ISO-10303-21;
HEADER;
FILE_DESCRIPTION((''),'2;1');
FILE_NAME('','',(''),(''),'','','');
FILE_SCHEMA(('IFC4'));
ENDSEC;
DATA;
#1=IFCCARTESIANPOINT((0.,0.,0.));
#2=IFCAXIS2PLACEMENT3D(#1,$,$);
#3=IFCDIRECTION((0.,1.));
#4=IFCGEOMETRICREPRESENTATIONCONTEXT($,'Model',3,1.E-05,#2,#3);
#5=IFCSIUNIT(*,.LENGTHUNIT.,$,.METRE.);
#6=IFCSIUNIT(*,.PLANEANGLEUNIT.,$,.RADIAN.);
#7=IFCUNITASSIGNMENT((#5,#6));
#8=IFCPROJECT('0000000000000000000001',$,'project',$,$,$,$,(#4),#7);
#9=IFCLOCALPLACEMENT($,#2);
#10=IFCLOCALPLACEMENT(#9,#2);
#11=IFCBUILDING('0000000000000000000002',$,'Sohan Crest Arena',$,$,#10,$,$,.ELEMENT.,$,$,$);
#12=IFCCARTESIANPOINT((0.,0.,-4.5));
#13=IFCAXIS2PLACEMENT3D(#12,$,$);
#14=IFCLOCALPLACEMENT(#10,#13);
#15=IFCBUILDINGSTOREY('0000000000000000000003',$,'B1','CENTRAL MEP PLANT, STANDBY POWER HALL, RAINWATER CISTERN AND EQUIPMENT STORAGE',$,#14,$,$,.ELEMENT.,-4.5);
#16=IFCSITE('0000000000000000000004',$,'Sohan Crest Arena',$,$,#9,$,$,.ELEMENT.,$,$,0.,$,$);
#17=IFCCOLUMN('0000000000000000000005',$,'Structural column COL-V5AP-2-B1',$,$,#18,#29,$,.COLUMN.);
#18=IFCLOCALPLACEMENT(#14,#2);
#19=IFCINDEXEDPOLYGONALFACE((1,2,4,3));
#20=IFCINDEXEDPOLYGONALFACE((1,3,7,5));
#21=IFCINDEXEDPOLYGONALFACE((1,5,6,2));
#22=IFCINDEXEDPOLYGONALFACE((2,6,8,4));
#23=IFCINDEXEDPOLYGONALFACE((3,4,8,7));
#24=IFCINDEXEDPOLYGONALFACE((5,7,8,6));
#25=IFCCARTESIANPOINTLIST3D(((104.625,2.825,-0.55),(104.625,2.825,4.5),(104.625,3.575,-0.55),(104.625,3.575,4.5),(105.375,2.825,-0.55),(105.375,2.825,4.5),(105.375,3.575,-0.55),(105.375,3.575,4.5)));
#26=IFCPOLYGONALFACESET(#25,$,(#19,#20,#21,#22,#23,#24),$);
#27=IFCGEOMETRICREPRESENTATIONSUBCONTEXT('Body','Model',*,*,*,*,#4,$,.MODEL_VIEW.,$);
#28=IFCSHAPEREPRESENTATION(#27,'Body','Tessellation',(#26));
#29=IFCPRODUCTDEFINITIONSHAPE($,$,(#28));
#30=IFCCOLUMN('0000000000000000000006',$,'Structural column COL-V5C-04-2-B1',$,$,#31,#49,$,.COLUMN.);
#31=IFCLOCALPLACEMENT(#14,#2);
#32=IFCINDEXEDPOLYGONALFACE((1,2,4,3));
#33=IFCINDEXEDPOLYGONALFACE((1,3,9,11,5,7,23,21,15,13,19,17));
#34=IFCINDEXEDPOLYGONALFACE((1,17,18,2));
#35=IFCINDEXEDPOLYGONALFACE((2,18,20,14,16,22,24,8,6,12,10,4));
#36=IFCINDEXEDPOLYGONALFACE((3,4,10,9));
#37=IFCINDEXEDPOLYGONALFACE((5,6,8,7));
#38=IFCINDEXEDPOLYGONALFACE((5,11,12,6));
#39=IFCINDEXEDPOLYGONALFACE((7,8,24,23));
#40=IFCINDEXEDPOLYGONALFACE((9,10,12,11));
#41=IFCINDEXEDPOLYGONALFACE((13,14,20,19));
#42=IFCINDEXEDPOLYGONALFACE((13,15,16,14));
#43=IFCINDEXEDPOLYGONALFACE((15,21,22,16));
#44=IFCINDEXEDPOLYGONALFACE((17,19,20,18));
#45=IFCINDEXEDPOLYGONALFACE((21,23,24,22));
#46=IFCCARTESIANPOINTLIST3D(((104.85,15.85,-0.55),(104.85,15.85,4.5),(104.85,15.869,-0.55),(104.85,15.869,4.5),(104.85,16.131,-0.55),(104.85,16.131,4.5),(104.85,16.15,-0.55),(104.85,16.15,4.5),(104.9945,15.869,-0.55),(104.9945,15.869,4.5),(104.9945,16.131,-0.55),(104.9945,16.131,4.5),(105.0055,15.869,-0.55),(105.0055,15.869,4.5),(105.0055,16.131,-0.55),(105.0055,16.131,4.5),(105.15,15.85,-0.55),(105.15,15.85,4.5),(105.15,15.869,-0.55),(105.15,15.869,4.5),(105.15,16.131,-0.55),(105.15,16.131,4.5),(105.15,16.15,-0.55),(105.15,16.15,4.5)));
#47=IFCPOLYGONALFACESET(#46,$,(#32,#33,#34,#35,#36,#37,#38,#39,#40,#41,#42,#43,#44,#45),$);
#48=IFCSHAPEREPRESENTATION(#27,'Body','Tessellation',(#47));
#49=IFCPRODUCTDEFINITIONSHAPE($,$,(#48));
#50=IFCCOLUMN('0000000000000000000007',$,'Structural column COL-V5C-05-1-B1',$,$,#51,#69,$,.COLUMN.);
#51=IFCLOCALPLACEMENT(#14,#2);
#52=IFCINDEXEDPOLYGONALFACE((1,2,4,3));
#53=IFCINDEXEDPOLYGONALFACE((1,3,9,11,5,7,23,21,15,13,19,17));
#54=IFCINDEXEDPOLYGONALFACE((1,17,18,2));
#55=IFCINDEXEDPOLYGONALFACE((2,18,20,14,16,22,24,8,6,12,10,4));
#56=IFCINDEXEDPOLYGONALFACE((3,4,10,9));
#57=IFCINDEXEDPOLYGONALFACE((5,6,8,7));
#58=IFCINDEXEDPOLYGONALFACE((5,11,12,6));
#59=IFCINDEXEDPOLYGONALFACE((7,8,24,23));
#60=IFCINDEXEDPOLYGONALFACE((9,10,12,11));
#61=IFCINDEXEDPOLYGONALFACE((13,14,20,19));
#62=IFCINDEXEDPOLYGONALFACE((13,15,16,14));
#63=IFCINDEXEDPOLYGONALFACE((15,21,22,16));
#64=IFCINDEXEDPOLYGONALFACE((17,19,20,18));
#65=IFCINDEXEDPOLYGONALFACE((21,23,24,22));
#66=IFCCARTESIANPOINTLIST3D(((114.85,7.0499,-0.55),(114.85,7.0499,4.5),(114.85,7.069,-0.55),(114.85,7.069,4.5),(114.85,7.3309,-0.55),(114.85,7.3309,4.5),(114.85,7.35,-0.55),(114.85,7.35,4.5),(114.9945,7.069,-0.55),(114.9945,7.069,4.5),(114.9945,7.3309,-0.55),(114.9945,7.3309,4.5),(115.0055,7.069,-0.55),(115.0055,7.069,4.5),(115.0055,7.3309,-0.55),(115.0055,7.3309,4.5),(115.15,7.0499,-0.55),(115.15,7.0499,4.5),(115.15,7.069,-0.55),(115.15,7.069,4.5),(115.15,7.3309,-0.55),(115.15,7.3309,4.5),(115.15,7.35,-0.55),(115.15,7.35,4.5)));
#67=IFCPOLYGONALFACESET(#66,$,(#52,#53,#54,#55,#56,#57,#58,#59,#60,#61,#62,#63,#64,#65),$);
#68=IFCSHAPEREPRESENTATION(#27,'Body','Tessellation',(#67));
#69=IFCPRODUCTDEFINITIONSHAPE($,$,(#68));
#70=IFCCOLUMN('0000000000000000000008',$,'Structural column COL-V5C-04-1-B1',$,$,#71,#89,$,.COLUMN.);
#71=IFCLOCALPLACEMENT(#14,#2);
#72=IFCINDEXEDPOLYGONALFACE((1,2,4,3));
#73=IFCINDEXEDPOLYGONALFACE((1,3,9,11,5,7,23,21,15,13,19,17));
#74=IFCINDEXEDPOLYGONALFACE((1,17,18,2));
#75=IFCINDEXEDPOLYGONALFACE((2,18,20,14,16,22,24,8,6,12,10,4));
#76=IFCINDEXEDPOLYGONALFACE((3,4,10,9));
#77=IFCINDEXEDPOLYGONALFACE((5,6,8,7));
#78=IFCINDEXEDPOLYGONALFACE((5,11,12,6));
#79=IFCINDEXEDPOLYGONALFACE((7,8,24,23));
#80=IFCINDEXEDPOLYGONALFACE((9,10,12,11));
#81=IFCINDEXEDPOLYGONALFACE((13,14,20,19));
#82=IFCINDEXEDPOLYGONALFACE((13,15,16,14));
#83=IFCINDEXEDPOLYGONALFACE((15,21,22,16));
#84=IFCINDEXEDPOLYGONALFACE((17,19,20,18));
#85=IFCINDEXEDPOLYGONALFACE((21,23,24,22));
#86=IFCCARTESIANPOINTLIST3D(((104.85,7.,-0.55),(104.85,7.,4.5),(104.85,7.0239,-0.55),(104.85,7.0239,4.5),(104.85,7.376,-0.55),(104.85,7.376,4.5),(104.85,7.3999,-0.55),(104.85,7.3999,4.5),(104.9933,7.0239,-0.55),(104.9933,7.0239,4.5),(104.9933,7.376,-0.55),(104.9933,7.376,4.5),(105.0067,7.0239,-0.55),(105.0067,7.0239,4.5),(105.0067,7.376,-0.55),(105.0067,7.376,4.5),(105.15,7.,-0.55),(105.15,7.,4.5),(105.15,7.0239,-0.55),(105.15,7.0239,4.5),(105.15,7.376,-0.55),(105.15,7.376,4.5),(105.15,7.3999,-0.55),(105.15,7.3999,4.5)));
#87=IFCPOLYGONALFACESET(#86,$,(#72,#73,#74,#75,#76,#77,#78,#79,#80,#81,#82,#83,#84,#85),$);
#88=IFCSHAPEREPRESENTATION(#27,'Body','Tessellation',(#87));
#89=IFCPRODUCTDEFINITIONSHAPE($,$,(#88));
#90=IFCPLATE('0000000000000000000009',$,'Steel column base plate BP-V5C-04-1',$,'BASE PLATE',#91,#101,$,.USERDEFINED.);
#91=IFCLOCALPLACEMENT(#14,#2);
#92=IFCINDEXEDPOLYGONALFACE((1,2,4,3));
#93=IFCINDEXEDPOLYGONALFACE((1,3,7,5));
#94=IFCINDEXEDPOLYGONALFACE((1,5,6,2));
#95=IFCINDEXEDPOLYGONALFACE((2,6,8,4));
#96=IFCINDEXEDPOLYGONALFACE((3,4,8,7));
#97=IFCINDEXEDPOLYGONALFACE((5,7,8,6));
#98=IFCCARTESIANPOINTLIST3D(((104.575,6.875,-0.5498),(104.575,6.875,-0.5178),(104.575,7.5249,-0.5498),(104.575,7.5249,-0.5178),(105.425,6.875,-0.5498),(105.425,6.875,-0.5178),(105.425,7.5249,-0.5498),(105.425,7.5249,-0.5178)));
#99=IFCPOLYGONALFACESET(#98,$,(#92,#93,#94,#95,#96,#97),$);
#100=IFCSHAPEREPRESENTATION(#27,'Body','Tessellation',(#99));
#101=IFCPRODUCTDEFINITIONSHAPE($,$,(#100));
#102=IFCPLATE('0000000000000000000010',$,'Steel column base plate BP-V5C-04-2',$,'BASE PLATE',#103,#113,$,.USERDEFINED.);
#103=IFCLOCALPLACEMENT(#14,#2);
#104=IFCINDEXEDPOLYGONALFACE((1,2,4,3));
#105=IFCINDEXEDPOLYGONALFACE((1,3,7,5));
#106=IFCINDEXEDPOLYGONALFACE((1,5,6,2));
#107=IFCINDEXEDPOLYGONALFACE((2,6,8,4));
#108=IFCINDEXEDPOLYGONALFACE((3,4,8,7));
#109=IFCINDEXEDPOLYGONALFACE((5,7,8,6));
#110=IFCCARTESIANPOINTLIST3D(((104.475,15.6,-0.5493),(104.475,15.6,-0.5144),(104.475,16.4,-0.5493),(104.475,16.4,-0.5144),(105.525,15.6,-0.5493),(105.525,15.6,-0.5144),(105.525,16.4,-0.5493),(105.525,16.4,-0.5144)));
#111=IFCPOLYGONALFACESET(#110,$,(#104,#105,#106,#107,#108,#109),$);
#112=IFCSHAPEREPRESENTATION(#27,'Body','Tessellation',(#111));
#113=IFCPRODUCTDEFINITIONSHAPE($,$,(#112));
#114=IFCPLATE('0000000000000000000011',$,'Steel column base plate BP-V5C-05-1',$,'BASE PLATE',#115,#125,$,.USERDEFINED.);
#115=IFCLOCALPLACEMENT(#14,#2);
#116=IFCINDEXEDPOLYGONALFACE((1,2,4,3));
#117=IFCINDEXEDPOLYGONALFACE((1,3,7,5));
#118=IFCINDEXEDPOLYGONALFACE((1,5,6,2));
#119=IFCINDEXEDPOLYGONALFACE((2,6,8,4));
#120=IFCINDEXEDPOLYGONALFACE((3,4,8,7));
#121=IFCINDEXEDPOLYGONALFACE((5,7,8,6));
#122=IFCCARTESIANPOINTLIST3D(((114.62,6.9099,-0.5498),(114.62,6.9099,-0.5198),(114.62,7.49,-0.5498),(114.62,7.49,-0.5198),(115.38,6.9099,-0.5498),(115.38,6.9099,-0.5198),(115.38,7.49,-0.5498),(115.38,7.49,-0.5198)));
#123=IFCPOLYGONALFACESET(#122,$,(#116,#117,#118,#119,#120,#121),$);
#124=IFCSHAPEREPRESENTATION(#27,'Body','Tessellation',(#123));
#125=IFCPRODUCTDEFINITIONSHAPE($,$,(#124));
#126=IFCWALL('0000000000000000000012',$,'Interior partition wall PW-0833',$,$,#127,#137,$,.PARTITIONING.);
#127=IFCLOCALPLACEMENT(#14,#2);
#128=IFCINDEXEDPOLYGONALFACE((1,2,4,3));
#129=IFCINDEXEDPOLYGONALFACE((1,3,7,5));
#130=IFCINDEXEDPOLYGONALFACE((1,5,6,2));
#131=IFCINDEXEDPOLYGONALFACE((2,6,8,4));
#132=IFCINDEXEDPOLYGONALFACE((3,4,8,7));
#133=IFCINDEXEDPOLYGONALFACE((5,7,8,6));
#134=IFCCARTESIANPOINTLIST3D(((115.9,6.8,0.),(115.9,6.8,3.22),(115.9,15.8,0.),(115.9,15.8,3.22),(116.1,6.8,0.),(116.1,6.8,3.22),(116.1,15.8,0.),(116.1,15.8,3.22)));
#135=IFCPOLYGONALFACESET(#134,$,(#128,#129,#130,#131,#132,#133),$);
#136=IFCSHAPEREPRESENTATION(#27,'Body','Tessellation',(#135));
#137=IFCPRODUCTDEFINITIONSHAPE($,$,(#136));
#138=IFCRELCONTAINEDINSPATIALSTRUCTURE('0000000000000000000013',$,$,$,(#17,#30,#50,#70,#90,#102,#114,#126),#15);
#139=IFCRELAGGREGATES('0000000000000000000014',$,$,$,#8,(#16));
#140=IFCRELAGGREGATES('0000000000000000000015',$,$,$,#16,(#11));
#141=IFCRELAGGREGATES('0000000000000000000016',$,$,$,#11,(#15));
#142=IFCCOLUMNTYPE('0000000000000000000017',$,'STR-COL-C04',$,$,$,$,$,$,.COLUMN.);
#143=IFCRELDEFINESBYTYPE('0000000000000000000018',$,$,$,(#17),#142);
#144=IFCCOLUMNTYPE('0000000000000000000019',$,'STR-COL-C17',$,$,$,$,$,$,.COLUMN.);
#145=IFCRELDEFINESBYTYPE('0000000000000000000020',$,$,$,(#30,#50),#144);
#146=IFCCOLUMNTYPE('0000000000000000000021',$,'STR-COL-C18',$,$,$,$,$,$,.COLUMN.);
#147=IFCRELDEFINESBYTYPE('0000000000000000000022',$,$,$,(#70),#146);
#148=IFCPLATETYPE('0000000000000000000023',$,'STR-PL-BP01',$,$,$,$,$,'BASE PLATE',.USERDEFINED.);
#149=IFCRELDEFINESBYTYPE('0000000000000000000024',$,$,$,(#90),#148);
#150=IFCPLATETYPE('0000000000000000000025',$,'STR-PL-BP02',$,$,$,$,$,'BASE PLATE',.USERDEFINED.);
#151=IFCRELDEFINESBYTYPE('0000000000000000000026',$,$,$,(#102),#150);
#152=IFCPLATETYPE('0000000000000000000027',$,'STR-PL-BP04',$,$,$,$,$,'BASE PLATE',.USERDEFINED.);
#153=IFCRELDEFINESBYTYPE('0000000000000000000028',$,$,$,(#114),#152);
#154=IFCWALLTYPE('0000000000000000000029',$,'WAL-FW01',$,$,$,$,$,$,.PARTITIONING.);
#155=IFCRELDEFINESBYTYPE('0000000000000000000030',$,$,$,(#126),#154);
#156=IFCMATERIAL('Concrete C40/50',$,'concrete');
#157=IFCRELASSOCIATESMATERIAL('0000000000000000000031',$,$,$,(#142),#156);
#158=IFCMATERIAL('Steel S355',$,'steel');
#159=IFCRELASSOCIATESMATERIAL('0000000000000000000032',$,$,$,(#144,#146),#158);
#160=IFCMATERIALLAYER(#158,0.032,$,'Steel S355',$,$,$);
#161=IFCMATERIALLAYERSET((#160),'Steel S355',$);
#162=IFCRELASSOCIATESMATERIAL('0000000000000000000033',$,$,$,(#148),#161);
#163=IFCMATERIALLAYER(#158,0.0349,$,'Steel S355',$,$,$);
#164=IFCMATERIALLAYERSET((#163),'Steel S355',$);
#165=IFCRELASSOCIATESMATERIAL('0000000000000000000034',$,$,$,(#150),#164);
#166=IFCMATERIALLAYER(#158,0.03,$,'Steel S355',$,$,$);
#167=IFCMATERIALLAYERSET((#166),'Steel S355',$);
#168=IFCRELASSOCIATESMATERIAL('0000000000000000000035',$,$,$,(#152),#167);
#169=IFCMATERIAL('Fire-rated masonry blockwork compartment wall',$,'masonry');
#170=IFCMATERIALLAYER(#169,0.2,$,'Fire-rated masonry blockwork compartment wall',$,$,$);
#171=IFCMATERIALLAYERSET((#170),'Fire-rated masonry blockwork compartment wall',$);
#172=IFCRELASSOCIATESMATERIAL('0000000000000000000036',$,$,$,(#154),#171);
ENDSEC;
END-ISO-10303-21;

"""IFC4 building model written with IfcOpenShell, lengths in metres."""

from ifc_helpers import new_model, si_unit, direction, frame, frame_2d, origin, origin_2d, place, context, subcontext, project, spatial, rectangle, i_section, extrude, material, layer, layer_set, material_profile, profile_set, type_object, element, save


model = new_model("IFC4")

# Units and contexts
model_context = context("Model", 3, precision=1e-05, world=origin(), true_north=direction((0.0, 1.0)))
body_context = subcontext(model_context, "Body", "Model", "MODEL_VIEW")
ifc_project = project(units=[si_unit("LENGTHUNIT", "METRE"), si_unit("PLANEANGLEUNIT", "RADIAN")], contexts=[model_context])

# Site, building, storey
site_placement = place(None, origin())
site = spatial("IfcSite", under=ifc_project, at=site_placement, Name="Sohan Crest Arena", CompositionType="ELEMENT", RefElevation=0.0)
building_placement = place(site_placement, origin())
building = spatial("IfcBuilding", under=site, at=building_placement, Name="Sohan Crest Arena", CompositionType="ELEMENT")
storey_placement = place(building_placement, frame((0.0, 0.0, -4.5)))
storey = spatial("IfcBuildingStorey", under=building, at=storey_placement, Name="B1", Description="CENTRAL MEP PLANT, STANDBY POWER HALL, RAINWATER CISTERN AND EQUIPMENT STORAGE", CompositionType="ELEMENT", Elevation=-4.5)

# Shared definitions
ifc_material_1 = material(Name="Concrete C40/50", Category="concrete")

# Columns
ifc_material_profile_1 = material_profile(ifc_material_1, rectangle(XDim=0.75, YDim=0.75, at=origin_2d()), Name="RC 750x750")
ifc_profile_set_1 = profile_set([ifc_material_profile_1], Name="Concrete C40/50")
column_type_1 = type_object("IfcColumnType", Name="STR-COL-C04", PredefinedType="COLUMN", material=ifc_profile_set_1)
column_1_placement = place(storey_placement, frame((105.0, 3.2, -0.55), z_axis=(0.0, 0.0, 1.0), x_axis=(1.0, 0.0, 0.0)))
element("IfcColumn", 1, at=column_1_placement, inside=storey, type_object=column_type_1, Name="Structural column COL-V5AP-2-B1", PredefinedType="COLUMN", context=body_context, shape_type="SweptSolid", body=[
    extrude(rectangle(XDim=0.75, YDim=0.75, at=origin_2d()), origin(), (0.0, 0.0, 1.0), 5.05),
])
ifc_material_2 = material(Name="Steel S355", Category="steel")
ifc_material_profile_2 = material_profile(ifc_material_2, i_section(OverallWidth=0.3, OverallDepth=0.3, WebThickness=0.011, FlangeThickness=0.019, at=origin_2d()), Name="HEB 300")
ifc_profile_set_2 = profile_set([ifc_material_profile_2], Name="Steel S355")
column_type_2 = type_object("IfcColumnType", Name="STR-COL-C17", PredefinedType="COLUMN", material=ifc_profile_set_2)
for number, where, z_axis, x_axis, name in (
    (2, (105.0, 16.0, -0.55), (0.0, 0.0, 1.0), (1.0, 0.0, 0.0), "Structural column COL-V5C-04-2-B1"),
    (3, (115.0, 7.2, -0.55), (0.0, 0.0, 1.0), (1.0, 0.0, 0.0), "Structural column COL-V5C-05-1-B1"),
):
    element("IfcColumn", number, at=place(storey_placement, frame(where, z_axis=z_axis, x_axis=x_axis)), inside=storey, type_object=column_type_2, Name=name, PredefinedType="COLUMN", context=body_context, shape_type="SweptSolid", body=[
        extrude(i_section(OverallWidth=0.3, OverallDepth=0.3, WebThickness=0.011, FlangeThickness=0.019, at=origin_2d()), origin(), (0.0, 0.0, 1.0), 5.05),
    ])
ifc_material_profile_3 = material_profile(ifc_material_2, i_section(OverallWidth=0.3, OverallDepth=0.3999, WebThickness=0.0134, FlangeThickness=0.0239, at=origin_2d()), Name="HEB 400")
ifc_profile_set_3 = profile_set([ifc_material_profile_3], Name="Steel S355")
column_type_3 = type_object("IfcColumnType", Name="STR-COL-C18", PredefinedType="COLUMN", material=ifc_profile_set_3)
column_2_placement = place(storey_placement, frame((105.0, 7.2, -0.55), z_axis=(0.0, 0.0, 1.0), x_axis=(1.0, 0.0, 0.0)))
element("IfcColumn", 4, at=column_2_placement, inside=storey, type_object=column_type_3, Name="Structural column COL-V5C-04-1-B1", PredefinedType="COLUMN", context=body_context, shape_type="SweptSolid", body=[
    extrude(i_section(OverallWidth=0.3, OverallDepth=0.3999, WebThickness=0.0134, FlangeThickness=0.0239, at=origin_2d()), origin(), (0.0, 0.0, 1.0), 5.05),
])

# Plates
ifc_layer_1 = layer(ifc_material_2, 0.032, Name="Steel S355")
ifc_layer_set_1 = layer_set([ifc_layer_1], Name="Steel S355")
plate_type_1 = type_object("IfcPlateType", Name="STR-PL-BP01", ElementType="BASE PLATE", PredefinedType="USERDEFINED", material=ifc_layer_set_1)
plate_1_placement = place(storey_placement, frame((105.0, 7.2, -0.5498), z_axis=(0.0, 0.0, 1.0), x_axis=(1.0, 0.0, 0.0)))
element("IfcPlate", 5, at=plate_1_placement, inside=storey, type_object=plate_type_1, Name="Steel column base plate BP-V5C-04-1", ObjectType="BASE PLATE", PredefinedType="USERDEFINED", context=body_context, shape_type="SweptSolid", body=[
    extrude(rectangle(XDim=0.8501, YDim=0.6499, at=origin_2d()), origin(), (0.0, 0.0, 1.0), 0.032),
])
ifc_layer_2 = layer(ifc_material_2, 0.0349, Name="Steel S355")
ifc_layer_set_2 = layer_set([ifc_layer_2], Name="Steel S355")
plate_type_2 = type_object("IfcPlateType", Name="STR-PL-BP02", ElementType="BASE PLATE", PredefinedType="USERDEFINED", material=ifc_layer_set_2)
plate_2_placement = place(storey_placement, frame((105.0, 16.0, -0.5493), z_axis=(0.0, 0.0, 1.0), x_axis=(1.0, 0.0, 0.0)))
element("IfcPlate", 6, at=plate_2_placement, inside=storey, type_object=plate_type_2, Name="Steel column base plate BP-V5C-04-2", ObjectType="BASE PLATE", PredefinedType="USERDEFINED", context=body_context, shape_type="SweptSolid", body=[
    extrude(rectangle(XDim=1.05, YDim=0.8, at=origin_2d()), origin(), (0.0, 0.0, 1.0), 0.0349),
])
ifc_layer_3 = layer(ifc_material_2, 0.03, Name="Steel S355")
ifc_layer_set_3 = layer_set([ifc_layer_3], Name="Steel S355")
plate_type_3 = type_object("IfcPlateType", Name="STR-PL-BP04", ElementType="BASE PLATE", PredefinedType="USERDEFINED", material=ifc_layer_set_3)
plate_3_placement = place(storey_placement, frame((115.0, 7.2, -0.5498), z_axis=(0.0, 0.0, 1.0), x_axis=(1.0, 0.0, 0.0)))
element("IfcPlate", 7, at=plate_3_placement, inside=storey, type_object=plate_type_3, Name="Steel column base plate BP-V5C-05-1", ObjectType="BASE PLATE", PredefinedType="USERDEFINED", context=body_context, shape_type="SweptSolid", body=[
    extrude(rectangle(XDim=0.76, YDim=0.5801, at=origin_2d()), origin(), (0.0, 0.0, 1.0), 0.03),
])

# Wall
ifc_material_3 = material(Name="Fire-rated masonry blockwork compartment wall", Category="masonry")
ifc_layer_4 = layer(ifc_material_3, 0.2, Name="Fire-rated masonry blockwork compartment wall")
ifc_layer_set_4 = layer_set([ifc_layer_4], Name="Fire-rated masonry blockwork compartment wall")
wall_type = type_object("IfcWallType", Name="WAL-FW01", PredefinedType="PARTITIONING", material=ifc_layer_set_4)
wall_placement = place(storey_placement, frame((116.0, 6.8, 0.0), z_axis=(0.0, 0.0, 1.0), x_axis=(0.0, 1.0, 0.0)))
element("IfcWall", 8, at=wall_placement, inside=storey, type_object=wall_type, Name="Interior partition wall PW-0833", PredefinedType="PARTITIONING", context=body_context, shape_type="SweptSolid", body=[
    extrude(rectangle(XDim=9.0, YDim=0.2, at=frame_2d((4.5, 0.0))), origin(), (0.0, 0.0, 1.0), 3.22),
])

save(model, "model.ifc")
